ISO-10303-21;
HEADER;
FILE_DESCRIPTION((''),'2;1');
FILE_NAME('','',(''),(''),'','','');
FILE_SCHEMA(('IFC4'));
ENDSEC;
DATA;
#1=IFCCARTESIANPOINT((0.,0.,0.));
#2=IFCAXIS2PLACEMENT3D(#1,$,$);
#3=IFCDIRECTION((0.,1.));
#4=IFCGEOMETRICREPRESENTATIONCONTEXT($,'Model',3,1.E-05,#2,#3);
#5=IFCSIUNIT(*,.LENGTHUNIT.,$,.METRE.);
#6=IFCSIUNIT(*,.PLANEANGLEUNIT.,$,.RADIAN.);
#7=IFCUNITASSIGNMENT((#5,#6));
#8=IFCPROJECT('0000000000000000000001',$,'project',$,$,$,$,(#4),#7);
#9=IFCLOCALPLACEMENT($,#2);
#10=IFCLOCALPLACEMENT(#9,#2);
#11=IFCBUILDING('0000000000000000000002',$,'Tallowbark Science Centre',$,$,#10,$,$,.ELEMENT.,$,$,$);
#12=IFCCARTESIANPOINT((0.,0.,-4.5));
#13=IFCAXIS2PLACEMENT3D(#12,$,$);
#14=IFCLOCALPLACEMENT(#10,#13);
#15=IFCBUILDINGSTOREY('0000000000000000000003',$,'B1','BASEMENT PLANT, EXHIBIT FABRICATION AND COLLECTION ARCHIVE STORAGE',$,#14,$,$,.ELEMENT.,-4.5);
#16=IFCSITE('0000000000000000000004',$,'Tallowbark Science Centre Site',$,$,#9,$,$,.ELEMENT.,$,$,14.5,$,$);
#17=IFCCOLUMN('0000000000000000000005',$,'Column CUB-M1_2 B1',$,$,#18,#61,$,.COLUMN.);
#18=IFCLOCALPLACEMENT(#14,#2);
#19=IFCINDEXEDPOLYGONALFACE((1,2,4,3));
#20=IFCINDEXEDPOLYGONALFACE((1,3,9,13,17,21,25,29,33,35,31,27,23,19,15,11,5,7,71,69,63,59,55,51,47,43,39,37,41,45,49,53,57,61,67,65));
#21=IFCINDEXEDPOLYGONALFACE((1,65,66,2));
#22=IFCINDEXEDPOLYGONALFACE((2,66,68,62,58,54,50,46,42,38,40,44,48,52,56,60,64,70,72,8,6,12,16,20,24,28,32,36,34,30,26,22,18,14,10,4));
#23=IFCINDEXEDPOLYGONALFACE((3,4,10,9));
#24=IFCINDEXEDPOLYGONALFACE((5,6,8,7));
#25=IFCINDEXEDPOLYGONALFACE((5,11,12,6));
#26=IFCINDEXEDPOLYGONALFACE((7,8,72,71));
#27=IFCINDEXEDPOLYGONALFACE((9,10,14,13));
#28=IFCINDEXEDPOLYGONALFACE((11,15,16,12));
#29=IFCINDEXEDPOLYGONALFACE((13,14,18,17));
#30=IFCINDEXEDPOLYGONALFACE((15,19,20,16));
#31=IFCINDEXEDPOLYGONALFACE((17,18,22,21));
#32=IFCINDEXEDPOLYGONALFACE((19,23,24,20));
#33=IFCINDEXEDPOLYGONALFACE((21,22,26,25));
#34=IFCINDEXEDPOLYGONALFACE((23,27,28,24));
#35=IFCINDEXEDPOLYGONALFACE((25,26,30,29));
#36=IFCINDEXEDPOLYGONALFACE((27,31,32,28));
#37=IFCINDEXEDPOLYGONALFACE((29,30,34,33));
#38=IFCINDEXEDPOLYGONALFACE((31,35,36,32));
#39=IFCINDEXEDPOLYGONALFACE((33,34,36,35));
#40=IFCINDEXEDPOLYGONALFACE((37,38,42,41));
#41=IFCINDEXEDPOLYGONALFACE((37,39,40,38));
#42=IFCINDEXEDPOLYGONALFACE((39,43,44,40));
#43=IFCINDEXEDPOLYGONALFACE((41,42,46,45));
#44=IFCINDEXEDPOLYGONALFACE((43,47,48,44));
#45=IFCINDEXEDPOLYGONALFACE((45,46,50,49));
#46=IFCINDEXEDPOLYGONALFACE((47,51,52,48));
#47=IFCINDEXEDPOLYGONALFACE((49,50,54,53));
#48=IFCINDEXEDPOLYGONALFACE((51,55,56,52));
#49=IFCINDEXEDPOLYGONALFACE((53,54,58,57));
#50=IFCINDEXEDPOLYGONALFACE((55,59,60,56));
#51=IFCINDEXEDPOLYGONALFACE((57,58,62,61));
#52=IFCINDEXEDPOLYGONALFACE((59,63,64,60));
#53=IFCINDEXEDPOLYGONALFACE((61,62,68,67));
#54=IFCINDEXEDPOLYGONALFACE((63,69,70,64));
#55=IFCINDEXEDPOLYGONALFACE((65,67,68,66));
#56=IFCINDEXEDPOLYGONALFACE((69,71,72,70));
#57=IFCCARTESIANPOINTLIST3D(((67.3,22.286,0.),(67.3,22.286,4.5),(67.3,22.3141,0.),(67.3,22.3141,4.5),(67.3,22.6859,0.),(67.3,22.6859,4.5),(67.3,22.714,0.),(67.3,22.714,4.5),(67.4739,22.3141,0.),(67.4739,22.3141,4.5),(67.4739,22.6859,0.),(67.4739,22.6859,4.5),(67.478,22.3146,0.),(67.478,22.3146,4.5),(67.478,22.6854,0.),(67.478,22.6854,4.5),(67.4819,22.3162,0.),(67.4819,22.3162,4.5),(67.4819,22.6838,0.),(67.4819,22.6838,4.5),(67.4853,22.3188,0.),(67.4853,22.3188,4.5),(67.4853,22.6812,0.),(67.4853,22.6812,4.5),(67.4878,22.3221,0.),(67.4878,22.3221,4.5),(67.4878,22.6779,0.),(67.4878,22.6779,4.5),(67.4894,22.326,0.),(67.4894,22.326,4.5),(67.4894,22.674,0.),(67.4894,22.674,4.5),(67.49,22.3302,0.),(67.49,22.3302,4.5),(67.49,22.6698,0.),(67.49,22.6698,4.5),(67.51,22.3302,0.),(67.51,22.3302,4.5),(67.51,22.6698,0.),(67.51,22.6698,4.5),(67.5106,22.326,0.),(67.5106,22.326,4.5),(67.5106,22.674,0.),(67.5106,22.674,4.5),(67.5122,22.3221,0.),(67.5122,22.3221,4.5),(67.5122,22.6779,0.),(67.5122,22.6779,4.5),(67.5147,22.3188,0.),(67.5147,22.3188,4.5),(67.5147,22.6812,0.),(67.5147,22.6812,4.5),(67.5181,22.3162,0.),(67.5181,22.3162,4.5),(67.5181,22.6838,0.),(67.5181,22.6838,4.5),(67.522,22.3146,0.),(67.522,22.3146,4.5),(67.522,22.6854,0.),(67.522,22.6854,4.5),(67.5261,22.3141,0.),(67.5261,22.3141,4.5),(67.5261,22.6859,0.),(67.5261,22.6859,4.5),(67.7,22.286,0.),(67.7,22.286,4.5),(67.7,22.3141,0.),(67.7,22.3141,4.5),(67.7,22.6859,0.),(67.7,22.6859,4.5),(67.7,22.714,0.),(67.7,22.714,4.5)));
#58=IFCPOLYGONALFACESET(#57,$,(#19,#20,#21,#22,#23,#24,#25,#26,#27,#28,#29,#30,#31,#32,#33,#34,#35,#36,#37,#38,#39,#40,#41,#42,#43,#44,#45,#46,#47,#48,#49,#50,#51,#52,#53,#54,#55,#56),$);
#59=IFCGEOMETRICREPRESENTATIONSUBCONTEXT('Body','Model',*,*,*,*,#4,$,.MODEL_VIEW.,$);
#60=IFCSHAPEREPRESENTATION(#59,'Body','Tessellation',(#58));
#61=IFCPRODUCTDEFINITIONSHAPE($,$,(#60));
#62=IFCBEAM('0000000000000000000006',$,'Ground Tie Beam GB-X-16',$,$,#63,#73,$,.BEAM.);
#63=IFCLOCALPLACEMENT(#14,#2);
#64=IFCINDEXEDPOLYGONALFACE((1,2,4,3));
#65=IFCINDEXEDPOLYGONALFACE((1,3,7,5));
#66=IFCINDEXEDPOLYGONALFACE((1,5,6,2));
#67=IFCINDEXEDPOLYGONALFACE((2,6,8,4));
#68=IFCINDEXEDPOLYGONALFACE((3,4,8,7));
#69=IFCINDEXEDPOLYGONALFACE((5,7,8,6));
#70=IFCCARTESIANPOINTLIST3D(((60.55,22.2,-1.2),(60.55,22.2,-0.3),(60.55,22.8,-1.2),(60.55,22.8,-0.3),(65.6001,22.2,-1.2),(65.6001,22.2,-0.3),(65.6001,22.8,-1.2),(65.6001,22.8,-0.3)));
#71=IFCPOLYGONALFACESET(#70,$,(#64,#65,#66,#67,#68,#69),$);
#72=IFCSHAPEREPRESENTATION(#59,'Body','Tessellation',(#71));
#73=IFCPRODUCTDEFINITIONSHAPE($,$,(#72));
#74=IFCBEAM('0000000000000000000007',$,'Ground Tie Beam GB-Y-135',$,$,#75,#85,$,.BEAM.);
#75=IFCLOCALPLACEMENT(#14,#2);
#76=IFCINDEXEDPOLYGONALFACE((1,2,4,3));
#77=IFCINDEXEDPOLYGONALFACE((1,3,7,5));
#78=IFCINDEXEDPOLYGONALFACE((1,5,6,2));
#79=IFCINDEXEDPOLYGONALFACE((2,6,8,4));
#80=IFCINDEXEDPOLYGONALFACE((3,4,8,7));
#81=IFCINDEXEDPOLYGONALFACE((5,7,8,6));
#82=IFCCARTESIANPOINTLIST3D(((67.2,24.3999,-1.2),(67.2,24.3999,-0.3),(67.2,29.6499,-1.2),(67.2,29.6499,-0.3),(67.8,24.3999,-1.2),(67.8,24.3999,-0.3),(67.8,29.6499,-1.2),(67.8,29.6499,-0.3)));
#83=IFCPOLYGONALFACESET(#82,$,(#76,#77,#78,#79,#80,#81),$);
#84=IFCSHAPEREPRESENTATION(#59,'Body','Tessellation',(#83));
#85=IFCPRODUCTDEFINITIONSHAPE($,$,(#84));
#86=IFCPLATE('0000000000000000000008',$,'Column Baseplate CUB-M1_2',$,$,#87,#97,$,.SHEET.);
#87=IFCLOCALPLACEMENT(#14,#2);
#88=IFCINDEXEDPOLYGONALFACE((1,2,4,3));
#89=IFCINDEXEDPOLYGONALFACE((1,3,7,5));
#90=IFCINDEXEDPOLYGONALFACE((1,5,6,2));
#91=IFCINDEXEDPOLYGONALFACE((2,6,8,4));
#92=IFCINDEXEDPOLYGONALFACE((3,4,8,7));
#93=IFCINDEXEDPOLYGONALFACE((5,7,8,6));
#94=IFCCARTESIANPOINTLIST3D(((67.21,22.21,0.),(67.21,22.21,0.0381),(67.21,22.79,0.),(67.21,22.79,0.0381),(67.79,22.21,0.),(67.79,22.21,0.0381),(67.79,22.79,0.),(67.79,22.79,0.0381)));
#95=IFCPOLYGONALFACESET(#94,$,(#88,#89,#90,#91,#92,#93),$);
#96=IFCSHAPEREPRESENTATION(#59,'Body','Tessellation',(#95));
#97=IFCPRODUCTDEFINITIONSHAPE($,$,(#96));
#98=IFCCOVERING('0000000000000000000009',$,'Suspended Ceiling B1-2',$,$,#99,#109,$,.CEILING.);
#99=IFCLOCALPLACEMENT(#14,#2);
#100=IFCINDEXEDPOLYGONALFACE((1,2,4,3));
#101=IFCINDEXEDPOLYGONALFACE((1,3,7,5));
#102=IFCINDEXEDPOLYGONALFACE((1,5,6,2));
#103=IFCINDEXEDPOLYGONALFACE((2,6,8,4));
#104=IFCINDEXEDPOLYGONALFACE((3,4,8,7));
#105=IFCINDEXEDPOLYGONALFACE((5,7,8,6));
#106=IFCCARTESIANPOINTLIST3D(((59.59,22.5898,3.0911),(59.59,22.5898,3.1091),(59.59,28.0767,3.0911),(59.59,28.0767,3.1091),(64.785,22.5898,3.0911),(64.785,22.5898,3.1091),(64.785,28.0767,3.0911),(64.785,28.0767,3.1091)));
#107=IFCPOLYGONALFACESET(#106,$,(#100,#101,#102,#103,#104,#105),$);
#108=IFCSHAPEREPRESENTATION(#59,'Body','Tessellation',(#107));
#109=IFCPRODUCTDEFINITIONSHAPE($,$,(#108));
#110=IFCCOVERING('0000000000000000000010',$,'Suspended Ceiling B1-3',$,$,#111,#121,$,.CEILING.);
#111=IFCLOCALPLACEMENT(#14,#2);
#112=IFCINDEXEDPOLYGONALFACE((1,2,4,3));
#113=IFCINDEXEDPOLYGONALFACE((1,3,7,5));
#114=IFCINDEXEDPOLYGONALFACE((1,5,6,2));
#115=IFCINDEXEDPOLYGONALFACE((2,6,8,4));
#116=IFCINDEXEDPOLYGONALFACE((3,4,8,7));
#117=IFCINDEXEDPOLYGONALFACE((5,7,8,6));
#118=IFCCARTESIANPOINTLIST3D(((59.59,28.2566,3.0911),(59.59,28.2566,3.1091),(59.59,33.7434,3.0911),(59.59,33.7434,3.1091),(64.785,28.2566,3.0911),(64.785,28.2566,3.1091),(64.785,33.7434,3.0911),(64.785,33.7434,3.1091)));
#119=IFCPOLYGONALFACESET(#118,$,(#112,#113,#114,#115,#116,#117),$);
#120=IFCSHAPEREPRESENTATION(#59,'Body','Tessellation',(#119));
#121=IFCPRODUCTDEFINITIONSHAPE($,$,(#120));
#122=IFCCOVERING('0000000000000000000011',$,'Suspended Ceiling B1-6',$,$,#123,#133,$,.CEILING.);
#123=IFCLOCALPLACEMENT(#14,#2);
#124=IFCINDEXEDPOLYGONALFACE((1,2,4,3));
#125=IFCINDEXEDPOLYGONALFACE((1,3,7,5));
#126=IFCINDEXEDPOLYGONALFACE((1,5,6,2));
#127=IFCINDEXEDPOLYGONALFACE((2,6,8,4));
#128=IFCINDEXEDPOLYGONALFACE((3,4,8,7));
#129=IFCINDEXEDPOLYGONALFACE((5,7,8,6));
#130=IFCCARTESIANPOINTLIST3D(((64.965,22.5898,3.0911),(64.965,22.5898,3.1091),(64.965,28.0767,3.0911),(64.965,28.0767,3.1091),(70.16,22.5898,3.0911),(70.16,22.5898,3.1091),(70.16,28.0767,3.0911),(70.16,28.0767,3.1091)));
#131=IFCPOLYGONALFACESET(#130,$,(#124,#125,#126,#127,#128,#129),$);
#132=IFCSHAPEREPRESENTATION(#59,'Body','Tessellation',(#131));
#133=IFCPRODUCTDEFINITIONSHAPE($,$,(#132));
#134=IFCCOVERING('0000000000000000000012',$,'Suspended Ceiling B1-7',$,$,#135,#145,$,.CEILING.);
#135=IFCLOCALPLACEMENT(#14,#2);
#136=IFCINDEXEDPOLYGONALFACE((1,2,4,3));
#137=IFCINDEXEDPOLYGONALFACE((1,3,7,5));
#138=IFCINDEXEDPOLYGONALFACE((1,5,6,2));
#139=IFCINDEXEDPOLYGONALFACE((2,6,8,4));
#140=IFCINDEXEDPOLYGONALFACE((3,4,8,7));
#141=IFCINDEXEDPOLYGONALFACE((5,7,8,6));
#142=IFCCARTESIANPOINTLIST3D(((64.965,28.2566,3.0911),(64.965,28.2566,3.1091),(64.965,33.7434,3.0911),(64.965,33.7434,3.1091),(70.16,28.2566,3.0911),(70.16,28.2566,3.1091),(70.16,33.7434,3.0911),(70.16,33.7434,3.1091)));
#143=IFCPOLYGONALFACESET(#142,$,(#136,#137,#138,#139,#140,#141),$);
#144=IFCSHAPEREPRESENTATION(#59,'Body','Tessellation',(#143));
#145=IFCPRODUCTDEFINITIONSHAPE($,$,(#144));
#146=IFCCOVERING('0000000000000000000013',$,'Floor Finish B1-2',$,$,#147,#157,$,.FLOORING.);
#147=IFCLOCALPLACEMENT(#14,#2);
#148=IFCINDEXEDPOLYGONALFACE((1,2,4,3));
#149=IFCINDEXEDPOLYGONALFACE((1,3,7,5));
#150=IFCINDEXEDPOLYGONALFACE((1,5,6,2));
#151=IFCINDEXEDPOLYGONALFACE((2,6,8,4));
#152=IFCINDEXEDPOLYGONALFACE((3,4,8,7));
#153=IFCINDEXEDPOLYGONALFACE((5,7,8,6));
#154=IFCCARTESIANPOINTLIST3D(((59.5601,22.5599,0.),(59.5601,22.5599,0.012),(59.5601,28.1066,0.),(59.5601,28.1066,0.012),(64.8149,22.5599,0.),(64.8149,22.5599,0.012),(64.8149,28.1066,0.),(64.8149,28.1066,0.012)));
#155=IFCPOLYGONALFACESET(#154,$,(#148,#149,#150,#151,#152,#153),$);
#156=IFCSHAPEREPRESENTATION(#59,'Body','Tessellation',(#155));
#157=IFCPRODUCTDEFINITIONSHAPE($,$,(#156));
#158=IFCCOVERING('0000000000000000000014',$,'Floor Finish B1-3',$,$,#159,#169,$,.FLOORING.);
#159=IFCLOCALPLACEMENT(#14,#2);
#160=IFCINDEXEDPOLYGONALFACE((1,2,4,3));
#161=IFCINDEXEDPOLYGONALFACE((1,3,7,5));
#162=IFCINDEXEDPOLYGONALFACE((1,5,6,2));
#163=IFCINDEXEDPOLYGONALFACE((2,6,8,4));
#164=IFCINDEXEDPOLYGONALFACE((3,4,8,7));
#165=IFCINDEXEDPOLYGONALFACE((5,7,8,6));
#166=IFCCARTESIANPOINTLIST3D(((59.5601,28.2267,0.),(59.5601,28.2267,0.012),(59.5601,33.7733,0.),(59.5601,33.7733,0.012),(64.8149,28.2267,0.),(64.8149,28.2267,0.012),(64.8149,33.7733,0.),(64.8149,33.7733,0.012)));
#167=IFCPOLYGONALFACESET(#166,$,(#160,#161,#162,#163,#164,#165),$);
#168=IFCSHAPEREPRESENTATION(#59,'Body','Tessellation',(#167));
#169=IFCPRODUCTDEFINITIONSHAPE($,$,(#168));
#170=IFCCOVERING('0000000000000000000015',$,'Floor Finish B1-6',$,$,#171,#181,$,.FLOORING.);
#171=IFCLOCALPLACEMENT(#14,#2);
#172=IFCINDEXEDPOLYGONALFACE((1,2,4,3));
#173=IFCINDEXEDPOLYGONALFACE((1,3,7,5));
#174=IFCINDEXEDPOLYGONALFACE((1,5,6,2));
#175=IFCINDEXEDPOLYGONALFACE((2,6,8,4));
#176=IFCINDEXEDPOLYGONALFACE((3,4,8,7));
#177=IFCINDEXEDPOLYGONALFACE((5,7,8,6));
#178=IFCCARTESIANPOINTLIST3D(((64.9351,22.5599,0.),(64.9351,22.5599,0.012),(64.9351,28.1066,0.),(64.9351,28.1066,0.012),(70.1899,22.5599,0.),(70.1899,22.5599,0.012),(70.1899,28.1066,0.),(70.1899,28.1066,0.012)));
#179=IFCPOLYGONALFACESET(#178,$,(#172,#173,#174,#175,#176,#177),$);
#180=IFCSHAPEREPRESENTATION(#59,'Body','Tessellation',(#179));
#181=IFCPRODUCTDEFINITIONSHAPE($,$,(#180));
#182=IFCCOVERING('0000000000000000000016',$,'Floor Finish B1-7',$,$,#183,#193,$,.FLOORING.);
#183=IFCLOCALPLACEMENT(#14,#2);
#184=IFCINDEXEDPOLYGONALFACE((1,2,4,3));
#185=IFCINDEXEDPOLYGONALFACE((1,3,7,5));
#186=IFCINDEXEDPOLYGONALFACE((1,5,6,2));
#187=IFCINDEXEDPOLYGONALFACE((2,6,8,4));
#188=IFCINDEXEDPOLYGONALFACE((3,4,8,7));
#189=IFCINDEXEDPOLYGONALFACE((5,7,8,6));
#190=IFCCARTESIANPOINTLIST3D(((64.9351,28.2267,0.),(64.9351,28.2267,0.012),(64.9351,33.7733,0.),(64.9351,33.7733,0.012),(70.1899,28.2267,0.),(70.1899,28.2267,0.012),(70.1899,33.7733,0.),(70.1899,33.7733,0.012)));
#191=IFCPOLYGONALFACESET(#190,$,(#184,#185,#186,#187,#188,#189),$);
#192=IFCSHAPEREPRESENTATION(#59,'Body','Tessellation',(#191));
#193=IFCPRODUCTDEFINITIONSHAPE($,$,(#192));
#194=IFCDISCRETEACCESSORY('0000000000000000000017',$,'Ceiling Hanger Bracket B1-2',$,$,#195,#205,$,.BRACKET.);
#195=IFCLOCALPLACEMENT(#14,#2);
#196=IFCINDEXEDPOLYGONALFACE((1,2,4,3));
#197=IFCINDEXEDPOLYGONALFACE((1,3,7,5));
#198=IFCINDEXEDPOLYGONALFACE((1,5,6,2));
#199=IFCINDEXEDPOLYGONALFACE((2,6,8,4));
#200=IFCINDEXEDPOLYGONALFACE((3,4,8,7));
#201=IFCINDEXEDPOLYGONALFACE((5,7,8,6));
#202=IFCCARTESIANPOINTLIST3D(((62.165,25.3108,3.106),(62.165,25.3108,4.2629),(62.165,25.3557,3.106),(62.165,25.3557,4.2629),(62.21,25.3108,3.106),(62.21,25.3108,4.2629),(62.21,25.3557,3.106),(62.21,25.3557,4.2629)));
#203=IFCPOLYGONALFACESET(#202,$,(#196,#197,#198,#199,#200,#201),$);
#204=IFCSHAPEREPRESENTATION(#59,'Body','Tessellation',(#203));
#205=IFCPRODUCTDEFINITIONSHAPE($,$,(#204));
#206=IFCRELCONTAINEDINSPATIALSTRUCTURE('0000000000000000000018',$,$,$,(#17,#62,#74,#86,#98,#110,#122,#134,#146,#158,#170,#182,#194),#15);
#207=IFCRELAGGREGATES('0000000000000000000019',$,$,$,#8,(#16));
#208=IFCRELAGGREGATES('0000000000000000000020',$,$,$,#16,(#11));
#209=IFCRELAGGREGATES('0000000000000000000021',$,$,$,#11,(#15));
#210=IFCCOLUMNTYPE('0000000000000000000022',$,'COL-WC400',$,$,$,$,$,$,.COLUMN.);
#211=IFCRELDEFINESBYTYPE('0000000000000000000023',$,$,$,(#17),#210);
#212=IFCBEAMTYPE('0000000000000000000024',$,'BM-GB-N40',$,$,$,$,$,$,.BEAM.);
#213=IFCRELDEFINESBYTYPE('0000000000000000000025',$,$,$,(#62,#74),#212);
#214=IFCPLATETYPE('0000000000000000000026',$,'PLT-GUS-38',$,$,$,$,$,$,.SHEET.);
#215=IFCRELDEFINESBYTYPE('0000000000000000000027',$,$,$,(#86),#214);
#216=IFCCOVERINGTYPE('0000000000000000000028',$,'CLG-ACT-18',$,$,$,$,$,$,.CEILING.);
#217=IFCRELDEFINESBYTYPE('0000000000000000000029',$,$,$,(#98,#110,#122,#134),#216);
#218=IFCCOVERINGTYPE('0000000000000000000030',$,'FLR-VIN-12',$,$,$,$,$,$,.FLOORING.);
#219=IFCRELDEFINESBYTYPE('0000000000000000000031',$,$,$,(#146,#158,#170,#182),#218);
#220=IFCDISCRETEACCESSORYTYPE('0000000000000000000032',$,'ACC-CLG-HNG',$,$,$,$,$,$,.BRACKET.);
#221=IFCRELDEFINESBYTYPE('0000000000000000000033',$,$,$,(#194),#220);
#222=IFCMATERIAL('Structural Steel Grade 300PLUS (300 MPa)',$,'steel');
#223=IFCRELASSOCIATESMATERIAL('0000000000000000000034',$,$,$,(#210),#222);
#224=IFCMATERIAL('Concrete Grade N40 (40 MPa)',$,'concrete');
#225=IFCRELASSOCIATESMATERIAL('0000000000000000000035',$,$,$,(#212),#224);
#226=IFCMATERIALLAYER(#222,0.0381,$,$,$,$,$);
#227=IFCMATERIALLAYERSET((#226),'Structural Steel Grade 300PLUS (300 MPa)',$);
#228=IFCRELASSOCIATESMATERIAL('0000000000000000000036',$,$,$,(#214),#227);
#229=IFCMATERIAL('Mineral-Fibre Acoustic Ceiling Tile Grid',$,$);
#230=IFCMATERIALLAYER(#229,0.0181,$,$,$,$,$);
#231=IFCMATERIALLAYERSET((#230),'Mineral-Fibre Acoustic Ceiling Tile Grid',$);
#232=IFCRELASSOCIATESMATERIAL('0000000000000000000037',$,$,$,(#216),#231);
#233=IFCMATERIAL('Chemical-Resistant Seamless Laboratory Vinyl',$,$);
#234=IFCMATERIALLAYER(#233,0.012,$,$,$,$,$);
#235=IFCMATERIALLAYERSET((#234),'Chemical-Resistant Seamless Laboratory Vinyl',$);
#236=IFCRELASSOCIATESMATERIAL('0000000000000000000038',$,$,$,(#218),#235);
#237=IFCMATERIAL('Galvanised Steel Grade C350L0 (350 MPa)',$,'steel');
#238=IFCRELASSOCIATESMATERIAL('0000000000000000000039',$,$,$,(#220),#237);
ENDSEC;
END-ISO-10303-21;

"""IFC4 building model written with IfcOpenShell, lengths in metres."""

from ifc_helpers import new_model, si_unit, direction, frame, origin, origin_2d, place, context, subcontext, project, spatial, rectangle, i_section, extrude, material, layer, layer_set, material_profile, profile_set, type_object, element, save


model = new_model("IFC4")

# Units and contexts
model_context = context("Model", 3, precision=1e-05, world=origin(), true_north=direction((0.0, 1.0)))
body_context = subcontext(model_context, "Body", "Model", "MODEL_VIEW")
ifc_project = project(units=[si_unit("LENGTHUNIT", "METRE"), si_unit("PLANEANGLEUNIT", "RADIAN")], contexts=[model_context])

# Site, building, storey
site_placement = place(None, origin())
site = spatial("IfcSite", under=ifc_project, at=site_placement, Name="Tallowbark Science Centre Site", CompositionType="ELEMENT", RefElevation=14.5)
building_placement = place(site_placement, origin())
building = spatial("IfcBuilding", under=site, at=building_placement, Name="Tallowbark Science Centre", CompositionType="ELEMENT")
storey_placement = place(building_placement, frame((0.0, 0.0, -4.5)))
storey = spatial("IfcBuildingStorey", under=building, at=storey_placement, Name="B1", Description="BASEMENT PLANT, EXHIBIT FABRICATION AND COLLECTION ARCHIVE STORAGE", CompositionType="ELEMENT", Elevation=-4.5)

# Shared definitions
ifc_material_1 = material(Name="Concrete Grade N40 (40 MPa)", Category="concrete")

# Column
ifc_material_2 = material(Name="Structural Steel Grade 300PLUS (300 MPa)", Category="steel")
ifc_material_profile_1 = material_profile(ifc_material_2, i_section(OverallWidth=0.3999, OverallDepth=0.428, WebThickness=0.02, FlangeThickness=0.0281, FilletRadius=0.0161, at=origin_2d()), Name="400WC270")
ifc_profile_set_1 = profile_set([ifc_material_profile_1], Name="Structural Steel Grade 300PLUS (300 MPa)")
column_type = type_object("IfcColumnType", Name="COL-WC400", PredefinedType="COLUMN", material=ifc_profile_set_1)
column_placement = place(storey_placement, frame((67.5, 22.5, 0.0), z_axis=(0.0, 0.0, 1.0), x_axis=(1.0, 0.0, 0.0)))
element("IfcColumn", 1, at=column_placement, inside=storey, type_object=column_type, Name="Column CUB-M1_2 B1", PredefinedType="COLUMN", context=body_context, shape_type="SweptSolid", body=[
    extrude(i_section(OverallWidth=0.3999, OverallDepth=0.428, WebThickness=0.02, FlangeThickness=0.0281, FilletRadius=0.0161, at=origin_2d()), origin(), (0.0, 0.0, 1.0), 4.5),
])

# Beams
ifc_material_profile_2 = material_profile(ifc_material_1, rectangle(XDim=0.6001, YDim=0.8999, at=origin_2d()), Name="RC600x900")
ifc_profile_set_2 = profile_set([ifc_material_profile_2], Name="Concrete Grade N40 (40 MPa)")
beam_type = type_object("IfcBeamType", Name="BM-GB-N40", PredefinedType="BEAM", material=ifc_profile_set_2)
beam_1_placement = place(storey_placement, frame((60.55, 22.5, -0.75), z_axis=(1.0, 0.0, 0.0), x_axis=(0.0, 1.0, 0.0)))
element("IfcBeam", 2, at=beam_1_placement, inside=storey, type_object=beam_type, Name="Ground Tie Beam GB-X-16", PredefinedType="BEAM", context=body_context, shape_type="SweptSolid", body=[
    extrude(rectangle(XDim=0.6001, YDim=0.8999, at=origin_2d()), origin(), (0.0, 0.0, 1.0), 5.05),
])
beam_2_placement = place(storey_placement, frame((67.5, 24.3999, -0.75), z_axis=(0.0, 1.0, 0.0), x_axis=(-1.0, 0.0, 0.0)))
element("IfcBeam", 3, at=beam_2_placement, inside=storey, type_object=beam_type, Name="Ground Tie Beam GB-Y-135", PredefinedType="BEAM", context=body_context, shape_type="SweptSolid", body=[
    extrude(rectangle(XDim=0.6001, YDim=0.8999, at=origin_2d()), origin(), (0.0, 0.0, 1.0), 5.25),
])

# Plate
ifc_layer_1 = layer(ifc_material_2, 0.0381)
ifc_layer_set_1 = layer_set([ifc_layer_1], Name="Structural Steel Grade 300PLUS (300 MPa)")
plate_type = type_object("IfcPlateType", Name="PLT-GUS-38", PredefinedType="SHEET", material=ifc_layer_set_1)
plate_placement = place(storey_placement, frame((67.5, 22.5, 0.0), z_axis=(0.0, 0.0, 1.0), x_axis=(1.0, 0.0, 0.0)))
element("IfcPlate", 4, at=plate_placement, inside=storey, type_object=plate_type, Name="Column Baseplate CUB-M1_2", PredefinedType="SHEET", context=body_context, shape_type="SweptSolid", body=[
    extrude(rectangle(XDim=0.5801, YDim=0.5801, at=origin_2d()), origin(), (0.0, 0.0, 1.0), 0.0381),
])

# Coverings
ifc_material_3 = material(Name="Mineral-Fibre Acoustic Ceiling Tile Grid")
ifc_layer_2 = layer(ifc_material_3, 0.0181)
ifc_layer_set_2 = layer_set([ifc_layer_2], Name="Mineral-Fibre Acoustic Ceiling Tile Grid")
covering_type_1 = type_object("IfcCoveringType", Name="CLG-ACT-18", PredefinedType="CEILING", material=ifc_layer_set_2)
for number, where, z_axis, x_axis, name in (
    (5, (62.1875, 25.3333, 3.0911), (0.0, 0.0, 1.0), (1.0, 0.0, 0.0), "Suspended Ceiling B1-2"),
    (6, (62.1875, 31.0, 3.0911), (0.0, 0.0, 1.0), (1.0, 0.0, 0.0), "Suspended Ceiling B1-3"),
    (7, (67.5625, 25.3333, 3.0911), (0.0, 0.0, 1.0), (1.0, 0.0, 0.0), "Suspended Ceiling B1-6"),
    (8, (67.5625, 31.0, 3.0911), (0.0, 0.0, 1.0), (1.0, 0.0, 0.0), "Suspended Ceiling B1-7"),
):
    element("IfcCovering", number, at=place(storey_placement, frame(where, z_axis=z_axis, x_axis=x_axis)), inside=storey, type_object=covering_type_1, Name=name, PredefinedType="CEILING", context=body_context, shape_type="SweptSolid", body=[
        extrude(rectangle(XDim=5.1951, YDim=5.4868, at=origin_2d()), origin(), (0.0, 0.0, 1.0), 0.0181),
    ])
ifc_material_4 = material(Name="Chemical-Resistant Seamless Laboratory Vinyl")
ifc_layer_3 = layer(ifc_material_4, 0.012)
ifc_layer_set_3 = layer_set([ifc_layer_3], Name="Chemical-Resistant Seamless Laboratory Vinyl")
covering_type_2 = type_object("IfcCoveringType", Name="FLR-VIN-12", PredefinedType="FLOORING", material=ifc_layer_set_3)
for number, where, z_axis, x_axis, name in (
    (9, (62.1875, 25.3333, 0.0), (0.0, 0.0, 1.0), (1.0, 0.0, 0.0), "Floor Finish B1-2"),
    (10, (62.1875, 31.0, 0.0), (0.0, 0.0, 1.0), (1.0, 0.0, 0.0), "Floor Finish B1-3"),
    (11, (67.5625, 25.3333, 0.0), (0.0, 0.0, 1.0), (1.0, 0.0, 0.0), "Floor Finish B1-6"),
    (12, (67.5625, 31.0, 0.0), (0.0, 0.0, 1.0), (1.0, 0.0, 0.0), "Floor Finish B1-7"),
):
    element("IfcCovering", number, at=place(storey_placement, frame(where, z_axis=z_axis, x_axis=x_axis)), inside=storey, type_object=covering_type_2, Name=name, PredefinedType="FLOORING", context=body_context, shape_type="SweptSolid", body=[
        extrude(rectangle(XDim=5.2549, YDim=5.5466, at=origin_2d()), origin(), (0.0, 0.0, 1.0), 0.012),
    ])

# Discrete accessory
ifc_material_5 = material(Name="Galvanised Steel Grade C350L0 (350 MPa)", Category="steel")
discrete_accessory_type = type_object("IfcDiscreteAccessoryType", Name="ACC-CLG-HNG", PredefinedType="BRACKET", material=ifc_material_5)
for number, where, z_axis, x_axis, name in (
    (13, (62.1875, 25.3333, 3.106), (0.0, 0.0, 1.0), (1.0, 0.0, 0.0), "Ceiling Hanger Bracket B1-2"),
):
    element("IfcDiscreteAccessory", number, at=place(storey_placement, frame(where, z_axis=z_axis, x_axis=x_axis)), inside=storey, type_object=discrete_accessory_type, Name=name, PredefinedType="BRACKET", context=body_context, shape_type="SweptSolid", body=[
        extrude(rectangle(XDim=0.0449, YDim=0.0449, at=origin_2d()), origin(), (0.0, 0.0, 1.0), 1.157),
    ])

save(model, "model.ifc")
